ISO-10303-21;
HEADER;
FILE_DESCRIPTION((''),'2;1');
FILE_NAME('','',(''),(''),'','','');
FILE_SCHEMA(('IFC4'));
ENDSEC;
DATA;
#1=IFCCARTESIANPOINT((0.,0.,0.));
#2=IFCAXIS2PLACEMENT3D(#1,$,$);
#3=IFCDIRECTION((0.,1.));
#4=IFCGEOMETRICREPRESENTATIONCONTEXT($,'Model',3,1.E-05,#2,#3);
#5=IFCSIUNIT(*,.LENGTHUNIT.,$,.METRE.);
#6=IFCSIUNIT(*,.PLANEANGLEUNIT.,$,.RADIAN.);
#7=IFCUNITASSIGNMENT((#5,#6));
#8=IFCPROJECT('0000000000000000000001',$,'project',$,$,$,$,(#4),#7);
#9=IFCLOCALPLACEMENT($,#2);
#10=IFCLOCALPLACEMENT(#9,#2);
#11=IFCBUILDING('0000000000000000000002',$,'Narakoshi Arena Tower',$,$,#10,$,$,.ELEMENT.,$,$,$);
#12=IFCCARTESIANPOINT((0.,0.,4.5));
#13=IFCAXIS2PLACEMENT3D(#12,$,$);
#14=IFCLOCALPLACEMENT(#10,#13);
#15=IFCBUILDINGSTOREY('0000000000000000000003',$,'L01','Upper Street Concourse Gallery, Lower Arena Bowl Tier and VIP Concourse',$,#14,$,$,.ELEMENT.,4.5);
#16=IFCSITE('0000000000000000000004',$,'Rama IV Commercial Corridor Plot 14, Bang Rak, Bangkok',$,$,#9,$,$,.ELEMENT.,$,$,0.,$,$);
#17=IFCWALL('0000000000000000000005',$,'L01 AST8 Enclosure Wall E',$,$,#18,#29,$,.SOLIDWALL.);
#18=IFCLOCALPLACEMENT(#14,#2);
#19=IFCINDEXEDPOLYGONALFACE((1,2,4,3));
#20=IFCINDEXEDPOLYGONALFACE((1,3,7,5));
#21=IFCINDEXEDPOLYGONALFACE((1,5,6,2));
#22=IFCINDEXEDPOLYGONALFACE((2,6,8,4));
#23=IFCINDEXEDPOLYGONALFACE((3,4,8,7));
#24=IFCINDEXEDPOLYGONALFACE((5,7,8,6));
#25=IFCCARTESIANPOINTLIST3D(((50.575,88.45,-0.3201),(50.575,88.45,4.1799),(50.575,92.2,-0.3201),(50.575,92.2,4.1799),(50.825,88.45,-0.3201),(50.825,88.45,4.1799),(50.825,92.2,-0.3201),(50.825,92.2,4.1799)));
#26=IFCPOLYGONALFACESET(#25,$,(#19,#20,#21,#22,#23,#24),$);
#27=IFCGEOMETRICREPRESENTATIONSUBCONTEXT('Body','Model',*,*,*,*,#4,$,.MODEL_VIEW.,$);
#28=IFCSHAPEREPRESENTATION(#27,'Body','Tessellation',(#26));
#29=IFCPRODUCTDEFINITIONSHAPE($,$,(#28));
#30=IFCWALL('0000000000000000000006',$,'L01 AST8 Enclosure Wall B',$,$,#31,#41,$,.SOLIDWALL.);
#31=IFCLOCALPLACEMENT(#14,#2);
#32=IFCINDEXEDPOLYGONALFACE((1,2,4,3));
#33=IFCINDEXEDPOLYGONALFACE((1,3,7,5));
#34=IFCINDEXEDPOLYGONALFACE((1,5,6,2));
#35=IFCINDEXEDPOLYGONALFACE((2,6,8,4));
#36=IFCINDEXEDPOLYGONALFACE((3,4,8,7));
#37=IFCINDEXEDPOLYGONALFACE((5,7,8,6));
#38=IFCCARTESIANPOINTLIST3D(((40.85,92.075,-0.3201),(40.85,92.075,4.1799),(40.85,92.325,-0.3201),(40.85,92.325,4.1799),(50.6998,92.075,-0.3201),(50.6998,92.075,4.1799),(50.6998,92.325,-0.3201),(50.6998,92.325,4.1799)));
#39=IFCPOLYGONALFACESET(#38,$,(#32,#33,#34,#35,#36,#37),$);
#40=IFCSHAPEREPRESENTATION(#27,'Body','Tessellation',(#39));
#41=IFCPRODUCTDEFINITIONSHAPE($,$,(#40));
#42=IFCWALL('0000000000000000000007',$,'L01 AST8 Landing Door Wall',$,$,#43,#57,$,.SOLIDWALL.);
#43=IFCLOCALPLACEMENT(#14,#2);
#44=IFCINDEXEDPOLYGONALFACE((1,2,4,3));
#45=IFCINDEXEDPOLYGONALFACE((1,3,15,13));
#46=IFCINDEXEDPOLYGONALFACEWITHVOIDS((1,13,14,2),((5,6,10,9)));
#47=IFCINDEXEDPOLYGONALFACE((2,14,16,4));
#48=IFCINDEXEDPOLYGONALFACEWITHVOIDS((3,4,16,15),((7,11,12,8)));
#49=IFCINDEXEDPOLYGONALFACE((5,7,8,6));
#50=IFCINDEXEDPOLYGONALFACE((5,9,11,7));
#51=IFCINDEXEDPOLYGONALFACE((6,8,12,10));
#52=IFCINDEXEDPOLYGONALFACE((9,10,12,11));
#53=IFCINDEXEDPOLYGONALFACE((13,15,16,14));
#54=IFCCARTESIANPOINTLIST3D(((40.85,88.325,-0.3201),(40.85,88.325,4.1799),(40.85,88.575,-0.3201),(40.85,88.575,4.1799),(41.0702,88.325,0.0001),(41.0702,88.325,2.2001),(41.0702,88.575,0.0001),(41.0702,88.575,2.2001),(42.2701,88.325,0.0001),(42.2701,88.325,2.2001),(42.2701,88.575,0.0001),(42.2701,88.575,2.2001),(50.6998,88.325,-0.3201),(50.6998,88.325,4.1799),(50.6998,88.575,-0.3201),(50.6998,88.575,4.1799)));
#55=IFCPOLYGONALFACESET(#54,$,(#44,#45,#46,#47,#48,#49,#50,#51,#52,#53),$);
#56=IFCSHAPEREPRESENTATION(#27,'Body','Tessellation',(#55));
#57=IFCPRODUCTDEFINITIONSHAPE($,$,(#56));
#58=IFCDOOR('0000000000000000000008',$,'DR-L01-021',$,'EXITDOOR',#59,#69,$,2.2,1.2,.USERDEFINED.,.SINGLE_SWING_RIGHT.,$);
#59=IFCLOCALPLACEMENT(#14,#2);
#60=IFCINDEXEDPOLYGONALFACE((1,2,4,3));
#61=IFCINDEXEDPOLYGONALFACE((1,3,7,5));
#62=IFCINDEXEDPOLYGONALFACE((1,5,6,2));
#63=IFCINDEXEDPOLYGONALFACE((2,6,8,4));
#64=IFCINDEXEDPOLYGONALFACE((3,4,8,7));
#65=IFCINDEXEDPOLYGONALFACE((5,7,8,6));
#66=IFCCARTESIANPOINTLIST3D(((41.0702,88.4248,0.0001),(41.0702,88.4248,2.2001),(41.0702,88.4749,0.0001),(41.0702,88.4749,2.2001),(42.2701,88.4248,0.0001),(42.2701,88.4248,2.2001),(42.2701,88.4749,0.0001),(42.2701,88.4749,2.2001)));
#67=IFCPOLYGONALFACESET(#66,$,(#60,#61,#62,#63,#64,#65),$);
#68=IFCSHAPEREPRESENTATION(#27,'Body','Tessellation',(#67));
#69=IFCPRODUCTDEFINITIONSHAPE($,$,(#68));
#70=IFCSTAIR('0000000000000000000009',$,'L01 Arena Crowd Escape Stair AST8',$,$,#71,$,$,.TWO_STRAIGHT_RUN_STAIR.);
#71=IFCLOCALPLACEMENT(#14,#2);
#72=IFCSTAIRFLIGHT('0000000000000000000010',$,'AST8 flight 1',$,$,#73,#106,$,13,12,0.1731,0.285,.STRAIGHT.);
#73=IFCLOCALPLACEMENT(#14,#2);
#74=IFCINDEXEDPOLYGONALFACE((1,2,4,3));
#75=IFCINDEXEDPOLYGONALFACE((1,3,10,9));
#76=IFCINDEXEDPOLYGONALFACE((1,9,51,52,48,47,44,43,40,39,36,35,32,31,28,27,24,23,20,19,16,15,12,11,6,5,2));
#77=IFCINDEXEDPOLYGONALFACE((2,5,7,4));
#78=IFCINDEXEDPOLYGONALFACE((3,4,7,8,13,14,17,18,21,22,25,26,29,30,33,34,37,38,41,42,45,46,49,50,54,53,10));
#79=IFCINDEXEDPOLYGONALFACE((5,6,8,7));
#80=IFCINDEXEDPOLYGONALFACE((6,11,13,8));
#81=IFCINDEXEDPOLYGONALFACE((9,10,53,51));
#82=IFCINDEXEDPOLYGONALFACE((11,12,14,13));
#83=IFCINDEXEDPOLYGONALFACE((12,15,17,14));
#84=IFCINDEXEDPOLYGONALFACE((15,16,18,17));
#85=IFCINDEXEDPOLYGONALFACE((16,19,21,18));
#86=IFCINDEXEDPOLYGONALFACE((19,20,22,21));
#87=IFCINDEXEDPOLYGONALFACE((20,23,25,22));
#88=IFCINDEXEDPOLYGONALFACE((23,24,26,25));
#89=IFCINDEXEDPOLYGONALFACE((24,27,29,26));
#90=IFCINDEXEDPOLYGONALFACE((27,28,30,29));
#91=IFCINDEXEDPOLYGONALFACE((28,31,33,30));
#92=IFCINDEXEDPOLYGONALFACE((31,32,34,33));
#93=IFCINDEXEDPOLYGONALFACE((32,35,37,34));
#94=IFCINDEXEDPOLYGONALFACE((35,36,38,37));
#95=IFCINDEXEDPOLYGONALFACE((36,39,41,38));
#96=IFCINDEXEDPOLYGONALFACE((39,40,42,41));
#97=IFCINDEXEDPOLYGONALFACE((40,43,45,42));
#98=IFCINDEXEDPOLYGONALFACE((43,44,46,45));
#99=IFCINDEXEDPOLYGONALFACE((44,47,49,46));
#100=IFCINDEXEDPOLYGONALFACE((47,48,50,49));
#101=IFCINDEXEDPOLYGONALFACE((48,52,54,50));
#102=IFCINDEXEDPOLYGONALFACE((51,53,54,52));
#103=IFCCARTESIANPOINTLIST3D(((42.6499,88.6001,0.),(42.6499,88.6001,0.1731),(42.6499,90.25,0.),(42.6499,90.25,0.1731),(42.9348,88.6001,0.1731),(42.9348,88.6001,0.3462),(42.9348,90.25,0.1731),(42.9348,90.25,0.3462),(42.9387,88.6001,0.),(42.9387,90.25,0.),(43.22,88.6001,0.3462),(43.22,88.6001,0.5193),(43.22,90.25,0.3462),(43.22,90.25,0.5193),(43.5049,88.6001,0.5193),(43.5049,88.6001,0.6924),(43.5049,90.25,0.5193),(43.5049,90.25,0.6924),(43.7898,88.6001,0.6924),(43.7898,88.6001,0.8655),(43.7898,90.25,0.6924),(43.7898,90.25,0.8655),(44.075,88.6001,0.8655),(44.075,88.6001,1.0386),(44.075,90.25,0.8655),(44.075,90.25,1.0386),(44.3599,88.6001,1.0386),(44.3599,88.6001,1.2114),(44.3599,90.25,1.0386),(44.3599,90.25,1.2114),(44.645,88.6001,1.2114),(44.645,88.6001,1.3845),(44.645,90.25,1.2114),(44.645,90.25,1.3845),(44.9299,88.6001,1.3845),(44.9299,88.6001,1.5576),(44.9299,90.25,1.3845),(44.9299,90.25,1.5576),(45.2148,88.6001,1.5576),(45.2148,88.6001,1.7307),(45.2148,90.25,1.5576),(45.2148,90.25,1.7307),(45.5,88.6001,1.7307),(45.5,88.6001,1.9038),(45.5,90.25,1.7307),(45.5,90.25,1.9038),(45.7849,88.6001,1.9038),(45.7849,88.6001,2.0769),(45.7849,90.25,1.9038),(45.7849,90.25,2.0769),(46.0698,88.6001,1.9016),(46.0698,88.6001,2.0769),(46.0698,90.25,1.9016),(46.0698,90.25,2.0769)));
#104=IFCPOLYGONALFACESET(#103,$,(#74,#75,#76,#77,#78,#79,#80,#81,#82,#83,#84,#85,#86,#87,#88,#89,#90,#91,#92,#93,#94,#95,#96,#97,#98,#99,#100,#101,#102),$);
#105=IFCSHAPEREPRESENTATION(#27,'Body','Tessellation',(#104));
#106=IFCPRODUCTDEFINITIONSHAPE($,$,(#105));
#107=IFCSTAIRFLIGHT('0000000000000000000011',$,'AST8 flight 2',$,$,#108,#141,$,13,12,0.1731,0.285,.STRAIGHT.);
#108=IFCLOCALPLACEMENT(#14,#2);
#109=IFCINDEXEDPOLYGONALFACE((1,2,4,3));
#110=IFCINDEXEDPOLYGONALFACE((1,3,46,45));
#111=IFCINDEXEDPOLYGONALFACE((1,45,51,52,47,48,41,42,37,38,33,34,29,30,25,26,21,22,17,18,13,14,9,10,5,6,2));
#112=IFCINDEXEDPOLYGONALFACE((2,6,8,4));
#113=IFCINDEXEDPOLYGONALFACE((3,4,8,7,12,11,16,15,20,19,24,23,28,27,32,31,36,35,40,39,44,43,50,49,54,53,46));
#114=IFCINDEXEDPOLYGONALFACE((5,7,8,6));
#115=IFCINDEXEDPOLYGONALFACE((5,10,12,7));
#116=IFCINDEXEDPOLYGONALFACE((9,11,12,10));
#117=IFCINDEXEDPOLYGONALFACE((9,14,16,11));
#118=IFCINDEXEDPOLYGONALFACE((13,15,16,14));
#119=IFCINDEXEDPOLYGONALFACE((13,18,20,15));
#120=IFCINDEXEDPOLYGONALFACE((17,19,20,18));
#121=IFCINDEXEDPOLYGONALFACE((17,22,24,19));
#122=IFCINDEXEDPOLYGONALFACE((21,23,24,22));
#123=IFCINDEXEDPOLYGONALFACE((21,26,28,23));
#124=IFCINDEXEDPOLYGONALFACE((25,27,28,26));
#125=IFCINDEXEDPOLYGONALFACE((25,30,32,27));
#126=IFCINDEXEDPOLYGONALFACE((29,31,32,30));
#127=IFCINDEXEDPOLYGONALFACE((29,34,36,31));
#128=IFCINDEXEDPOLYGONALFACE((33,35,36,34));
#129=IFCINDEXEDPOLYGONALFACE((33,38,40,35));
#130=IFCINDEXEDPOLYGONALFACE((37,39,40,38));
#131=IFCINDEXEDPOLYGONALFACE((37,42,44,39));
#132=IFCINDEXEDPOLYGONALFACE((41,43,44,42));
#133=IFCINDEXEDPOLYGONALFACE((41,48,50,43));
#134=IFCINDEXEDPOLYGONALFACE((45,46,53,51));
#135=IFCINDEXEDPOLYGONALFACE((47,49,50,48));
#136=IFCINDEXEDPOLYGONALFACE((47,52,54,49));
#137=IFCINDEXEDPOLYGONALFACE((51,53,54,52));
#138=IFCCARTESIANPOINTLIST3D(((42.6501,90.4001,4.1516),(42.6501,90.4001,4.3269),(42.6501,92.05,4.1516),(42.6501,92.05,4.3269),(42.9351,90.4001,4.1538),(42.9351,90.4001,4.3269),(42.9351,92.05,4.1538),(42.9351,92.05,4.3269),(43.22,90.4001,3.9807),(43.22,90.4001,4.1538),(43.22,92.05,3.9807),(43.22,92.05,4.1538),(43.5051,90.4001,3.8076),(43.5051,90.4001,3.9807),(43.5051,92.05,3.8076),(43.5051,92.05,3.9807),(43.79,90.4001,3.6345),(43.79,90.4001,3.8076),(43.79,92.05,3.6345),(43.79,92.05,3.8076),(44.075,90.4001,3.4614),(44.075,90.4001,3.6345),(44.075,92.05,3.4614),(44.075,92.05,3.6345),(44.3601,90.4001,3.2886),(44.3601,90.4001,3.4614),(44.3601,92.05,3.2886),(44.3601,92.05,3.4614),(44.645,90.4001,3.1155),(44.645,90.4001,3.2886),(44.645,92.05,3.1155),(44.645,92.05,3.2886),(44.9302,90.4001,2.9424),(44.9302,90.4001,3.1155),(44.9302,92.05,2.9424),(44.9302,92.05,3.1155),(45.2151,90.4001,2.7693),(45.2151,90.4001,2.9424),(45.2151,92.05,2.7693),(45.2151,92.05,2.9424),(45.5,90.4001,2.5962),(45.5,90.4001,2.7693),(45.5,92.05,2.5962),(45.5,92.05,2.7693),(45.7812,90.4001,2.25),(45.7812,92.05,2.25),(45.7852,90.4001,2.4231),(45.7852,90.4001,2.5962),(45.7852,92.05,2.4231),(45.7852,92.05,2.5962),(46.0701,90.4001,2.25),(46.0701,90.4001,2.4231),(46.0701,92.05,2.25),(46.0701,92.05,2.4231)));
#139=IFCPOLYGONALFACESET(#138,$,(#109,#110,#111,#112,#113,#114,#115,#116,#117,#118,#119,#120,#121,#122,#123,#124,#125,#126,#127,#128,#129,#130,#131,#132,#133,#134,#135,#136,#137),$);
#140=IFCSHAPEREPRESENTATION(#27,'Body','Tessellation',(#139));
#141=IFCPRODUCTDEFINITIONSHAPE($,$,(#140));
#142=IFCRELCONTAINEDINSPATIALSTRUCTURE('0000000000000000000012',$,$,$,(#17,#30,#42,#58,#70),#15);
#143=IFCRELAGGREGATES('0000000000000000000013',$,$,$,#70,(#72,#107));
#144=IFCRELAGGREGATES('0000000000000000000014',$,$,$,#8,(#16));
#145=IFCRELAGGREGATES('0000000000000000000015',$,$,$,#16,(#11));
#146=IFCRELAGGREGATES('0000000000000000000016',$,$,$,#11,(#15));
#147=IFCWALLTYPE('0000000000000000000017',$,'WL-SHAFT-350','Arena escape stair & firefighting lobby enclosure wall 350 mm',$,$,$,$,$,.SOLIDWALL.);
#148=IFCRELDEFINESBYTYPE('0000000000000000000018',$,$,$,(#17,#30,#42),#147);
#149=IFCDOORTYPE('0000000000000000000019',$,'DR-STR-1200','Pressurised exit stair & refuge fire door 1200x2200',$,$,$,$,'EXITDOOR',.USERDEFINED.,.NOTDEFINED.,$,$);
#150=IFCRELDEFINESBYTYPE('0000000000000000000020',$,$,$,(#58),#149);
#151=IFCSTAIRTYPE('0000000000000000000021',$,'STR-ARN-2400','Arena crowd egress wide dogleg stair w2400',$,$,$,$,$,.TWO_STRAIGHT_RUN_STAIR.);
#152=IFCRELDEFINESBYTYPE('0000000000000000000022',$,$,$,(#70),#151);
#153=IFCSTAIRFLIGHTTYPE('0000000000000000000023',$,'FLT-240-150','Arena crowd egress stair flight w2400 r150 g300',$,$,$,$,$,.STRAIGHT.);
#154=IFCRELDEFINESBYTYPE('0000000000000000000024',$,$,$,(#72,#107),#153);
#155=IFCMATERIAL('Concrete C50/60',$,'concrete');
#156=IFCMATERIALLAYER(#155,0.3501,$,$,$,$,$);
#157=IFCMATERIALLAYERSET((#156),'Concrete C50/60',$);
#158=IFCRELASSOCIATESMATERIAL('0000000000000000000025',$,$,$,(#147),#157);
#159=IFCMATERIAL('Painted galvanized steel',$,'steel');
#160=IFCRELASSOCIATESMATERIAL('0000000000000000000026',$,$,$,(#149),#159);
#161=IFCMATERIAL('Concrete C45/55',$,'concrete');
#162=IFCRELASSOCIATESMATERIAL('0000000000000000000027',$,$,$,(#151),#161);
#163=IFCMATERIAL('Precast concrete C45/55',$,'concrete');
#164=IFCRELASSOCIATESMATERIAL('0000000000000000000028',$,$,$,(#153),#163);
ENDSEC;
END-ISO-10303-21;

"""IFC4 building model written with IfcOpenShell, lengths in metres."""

from ifc_helpers import new_model, si_unit, direction, frame, frame_2d, origin, place, context, subcontext, project, spatial, polyline, rectangle, outline, extrude, material, layer, layer_set, type_object, element, fill, aggregate, save


model = new_model("IFC4")

# Units and contexts
model_context = context("Model", 3, precision=1e-05, world=origin(), true_north=direction((0.0, 1.0)))
body_context = subcontext(model_context, "Body", "Model", "MODEL_VIEW")
ifc_project = project(units=[si_unit("LENGTHUNIT", "METRE"), si_unit("PLANEANGLEUNIT", "RADIAN")], contexts=[model_context])

# Site, building, storey
site_placement = place(None, origin())
site = spatial("IfcSite", under=ifc_project, at=site_placement, Name="Rama IV Commercial Corridor Plot 14, Bang Rak, Bangkok", CompositionType="ELEMENT", RefElevation=0.0)
building_placement = place(site_placement, origin())
building = spatial("IfcBuilding", under=site, at=building_placement, Name="Narakoshi Arena Tower", CompositionType="ELEMENT")
storey_placement = place(building_placement, frame((0.0, 0.0, 4.5)))
storey = spatial("IfcBuildingStorey", under=building, at=storey_placement, Name="L01", Description="Upper Street Concourse Gallery, Lower Arena Bowl Tier and VIP Concourse", CompositionType="ELEMENT", Elevation=4.5)

# Shared definitions
ifc_material_1 = material(Name="Painted galvanized steel", Category="steel")

# Walls
ifc_material_2 = material(Name="Precast concrete C45/55", Category="concrete")
ifc_material_3 = material(Name="Concrete C50/60", Category="concrete")
ifc_layer_1 = layer(ifc_material_3, 0.3501)
ifc_layer_set_1 = layer_set([ifc_layer_1], Name="Concrete C50/60")
wall_type_1 = type_object("IfcWallType", Name="WL-SHAFT-350", Description="Arena escape stair & firefighting lobby enclosure wall 350 mm", PredefinedType="SOLIDWALL", material=ifc_layer_set_1)
for number, where, z_axis, x_axis, name in (
    (1, (50.7, 88.45, -0.3201), (0.0, 0.0, 1.0), (0.0, 1.0, 0.0), "L01 AST8 Enclosure Wall E"),
):
    element("IfcWall", number, at=place(storey_placement, frame(where, z_axis=z_axis, x_axis=x_axis)), inside=storey, type_object=wall_type_1, Name=name, PredefinedType="SOLIDWALL", context=body_context, shape_type="SweptSolid", body=[
        extrude(rectangle(XDim=3.75, YDim=0.25, at=frame_2d((1.875, 0.0))), origin(), (0.0, 0.0, 1.0), 4.5),
    ])
wall_1_placement = place(storey_placement, frame((40.8501, 92.2, -0.3201), z_axis=(0.0, 0.0, 1.0), x_axis=(1.0, 0.0, 0.0)))
element("IfcWall", 2, at=wall_1_placement, inside=storey, type_object=wall_type_1, Name="L01 AST8 Enclosure Wall B", PredefinedType="SOLIDWALL", context=body_context, shape_type="SweptSolid", body=[
    extrude(rectangle(XDim=9.8499, YDim=0.25, at=frame_2d((4.9248, 0.0))), origin(), (0.0, 0.0, 1.0), 4.5),
])

# Wall, opening, door
wall_2_placement = place(storey_placement, frame((40.8501, 88.45, -0.3201), z_axis=(0.0, 0.0, 1.0), x_axis=(1.0, 0.0, 0.0)))
wall_2 = element("IfcWall", 3, at=wall_2_placement, inside=storey, type_object=wall_type_1, Name="L01 AST8 Landing Door Wall", PredefinedType="SOLIDWALL", context=body_context, shape_type="SweptSolid", body=[
    extrude(rectangle(XDim=9.8499, YDim=0.25, at=frame_2d((4.9248, 0.0))), origin(), (0.0, 0.0, 1.0), 4.5),
])
opening_1_placement = place(wall_2_placement, frame((0.22, 0.0, 0.3201)))
opening_1 = element("IfcOpeningElement", 4, at=opening_1_placement, cuts=wall_2, PredefinedType="OPENING", context=body_context, shape_type="SweptSolid", body=[
    extrude(rectangle(XDim=1.2, YDim=2.2, at=frame_2d((0.6001, 1.1001))), frame((0.0, 0.135, 0.0), z_axis=(0.0, -1.0, 0.0), x_axis=(1.0, 0.0, 0.0)), (0.0, 0.0, 1.0), 0.27),
])
door_type_1 = type_object("IfcDoorType", Name="DR-STR-1200", Description="Pressurised exit stair & refuge fire door 1200x2200", ElementType="EXITDOOR", OperationType="NOTDEFINED", PredefinedType="USERDEFINED", material=ifc_material_1)
door_1_placement = place(opening_1_placement, origin())
door_1 = element("IfcDoor", 5, at=door_1_placement, inside=storey, type_object=door_type_1, Name="DR-L01-021", ObjectType="EXITDOOR", OperationType="SINGLE_SWING_RIGHT", OverallHeight=2.2, OverallWidth=1.2, PredefinedType="USERDEFINED", context=body_context, shape_type="SweptSolid", body=[
    extrude(rectangle(XDim=1.2, YDim=2.2, at=frame_2d((0.6001, 1.1001))), frame((0.0, 0.0249, 0.0), z_axis=(0.0, -1.0, 0.0), x_axis=(1.0, 0.0, 0.0)), (0.0, 0.0, 1.0), 0.05),
])
fill(opening_1, door_1)

# Stair, stair flights
ifc_material_4 = material(Name="Concrete C45/55", Category="concrete")
stair_type = type_object("IfcStairType", Name="STR-ARN-2400", Description="Arena crowd egress wide dogleg stair w2400", PredefinedType="TWO_STRAIGHT_RUN_STAIR", material=ifc_material_4)
stair_placement = place(storey_placement, origin())
stair = element("IfcStair", 6, at=stair_placement, inside=storey, type_object=stair_type, Name="L01 Arena Crowd Escape Stair AST8", PredefinedType="TWO_STRAIGHT_RUN_STAIR")
stair_flight_type = type_object("IfcStairFlightType", Name="FLT-240-150", Description="Arena crowd egress stair flight w2400 r150 g300", PredefinedType="STRAIGHT", material=ifc_material_2)
stair_flight_1_placement = place(storey_placement, frame((42.6499, 89.425, 0.0), z_axis=(0.0, 0.0, 1.0), x_axis=(1.0, 0.0, 0.0)))
stair_flight_1 = element("IfcStairFlight", 7, at=stair_flight_1_placement, type_object=stair_flight_type, Name="AST8 flight 1", NumberOfRisers=13, NumberOfTreads=12, PredefinedType="STRAIGHT", RiserHeight=0.1731, TreadLength=0.285, context=body_context, shape_type="SweptSolid", body=[
    extrude(outline(polyline([(0.0, 0.0), (0.0, 0.1731), (0.2849, 0.1731), (0.2849, 0.3462), (0.5701, 0.3462), (0.5701, 0.5193), (0.855, 0.5193), (0.855, 0.6924), (1.1399, 0.6924), (1.1399, 0.8655), (1.425, 0.8655), (1.425, 1.0386), (1.71, 1.0386), (1.71, 1.2114), (1.9951, 1.2114), (1.9951, 1.3845), (2.28, 1.3845), (2.28, 1.5576), (2.5649, 1.5576), (2.5649, 1.7307), (2.8501, 1.7307), (2.8501, 1.9038), (3.135, 1.9038), (3.135, 2.0769), (3.4199, 2.0769), (3.4199, 2.25), (3.4199, 1.9016), (0.2888, 0.0), (0.0, 0.0)])), frame((0.0, 0.825, 0.0), z_axis=(0.0, -1.0, 0.0), x_axis=(1.0, 0.0, 0.0)), (0.0, 0.0, 1.0), 1.6499),
])
stair_flight_2_placement = place(storey_placement, frame((46.0701, 91.2251, 2.25), z_axis=(0.0, 0.0, 1.0), x_axis=(-1.0, 0.0, 0.0)))
stair_flight_2 = element("IfcStairFlight", 8, at=stair_flight_2_placement, type_object=stair_flight_type, Name="AST8 flight 2", NumberOfRisers=13, NumberOfTreads=12, PredefinedType="STRAIGHT", RiserHeight=0.1731, TreadLength=0.285, context=body_context, shape_type="SweptSolid", body=[
    extrude(outline(polyline([(0.0, 0.0), (0.0, 0.1731), (0.2849, 0.1731), (0.2849, 0.3462), (0.5701, 0.3462), (0.5701, 0.5193), (0.855, 0.5193), (0.855, 0.6924), (1.1399, 0.6924), (1.1399, 0.8655), (1.425, 0.8655), (1.425, 1.0386), (1.71, 1.0386), (1.71, 1.2114), (1.9951, 1.2114), (1.9951, 1.3845), (2.28, 1.3845), (2.28, 1.5576), (2.5649, 1.5576), (2.5649, 1.7307), (2.8501, 1.7307), (2.8501, 1.9038), (3.135, 1.9038), (3.135, 2.0769), (3.4199, 2.0769), (3.4199, 2.25), (3.4199, 1.9016), (0.2888, 0.0), (0.0, 0.0)])), frame((0.0, 0.825, 0.0), z_axis=(0.0, -1.0, 0.0), x_axis=(1.0, 0.0, 0.0)), (0.0, 0.0, 1.0), 1.6499),
])
aggregate(stair, [stair_flight_1, stair_flight_2])

save(model, "model.ifc")
